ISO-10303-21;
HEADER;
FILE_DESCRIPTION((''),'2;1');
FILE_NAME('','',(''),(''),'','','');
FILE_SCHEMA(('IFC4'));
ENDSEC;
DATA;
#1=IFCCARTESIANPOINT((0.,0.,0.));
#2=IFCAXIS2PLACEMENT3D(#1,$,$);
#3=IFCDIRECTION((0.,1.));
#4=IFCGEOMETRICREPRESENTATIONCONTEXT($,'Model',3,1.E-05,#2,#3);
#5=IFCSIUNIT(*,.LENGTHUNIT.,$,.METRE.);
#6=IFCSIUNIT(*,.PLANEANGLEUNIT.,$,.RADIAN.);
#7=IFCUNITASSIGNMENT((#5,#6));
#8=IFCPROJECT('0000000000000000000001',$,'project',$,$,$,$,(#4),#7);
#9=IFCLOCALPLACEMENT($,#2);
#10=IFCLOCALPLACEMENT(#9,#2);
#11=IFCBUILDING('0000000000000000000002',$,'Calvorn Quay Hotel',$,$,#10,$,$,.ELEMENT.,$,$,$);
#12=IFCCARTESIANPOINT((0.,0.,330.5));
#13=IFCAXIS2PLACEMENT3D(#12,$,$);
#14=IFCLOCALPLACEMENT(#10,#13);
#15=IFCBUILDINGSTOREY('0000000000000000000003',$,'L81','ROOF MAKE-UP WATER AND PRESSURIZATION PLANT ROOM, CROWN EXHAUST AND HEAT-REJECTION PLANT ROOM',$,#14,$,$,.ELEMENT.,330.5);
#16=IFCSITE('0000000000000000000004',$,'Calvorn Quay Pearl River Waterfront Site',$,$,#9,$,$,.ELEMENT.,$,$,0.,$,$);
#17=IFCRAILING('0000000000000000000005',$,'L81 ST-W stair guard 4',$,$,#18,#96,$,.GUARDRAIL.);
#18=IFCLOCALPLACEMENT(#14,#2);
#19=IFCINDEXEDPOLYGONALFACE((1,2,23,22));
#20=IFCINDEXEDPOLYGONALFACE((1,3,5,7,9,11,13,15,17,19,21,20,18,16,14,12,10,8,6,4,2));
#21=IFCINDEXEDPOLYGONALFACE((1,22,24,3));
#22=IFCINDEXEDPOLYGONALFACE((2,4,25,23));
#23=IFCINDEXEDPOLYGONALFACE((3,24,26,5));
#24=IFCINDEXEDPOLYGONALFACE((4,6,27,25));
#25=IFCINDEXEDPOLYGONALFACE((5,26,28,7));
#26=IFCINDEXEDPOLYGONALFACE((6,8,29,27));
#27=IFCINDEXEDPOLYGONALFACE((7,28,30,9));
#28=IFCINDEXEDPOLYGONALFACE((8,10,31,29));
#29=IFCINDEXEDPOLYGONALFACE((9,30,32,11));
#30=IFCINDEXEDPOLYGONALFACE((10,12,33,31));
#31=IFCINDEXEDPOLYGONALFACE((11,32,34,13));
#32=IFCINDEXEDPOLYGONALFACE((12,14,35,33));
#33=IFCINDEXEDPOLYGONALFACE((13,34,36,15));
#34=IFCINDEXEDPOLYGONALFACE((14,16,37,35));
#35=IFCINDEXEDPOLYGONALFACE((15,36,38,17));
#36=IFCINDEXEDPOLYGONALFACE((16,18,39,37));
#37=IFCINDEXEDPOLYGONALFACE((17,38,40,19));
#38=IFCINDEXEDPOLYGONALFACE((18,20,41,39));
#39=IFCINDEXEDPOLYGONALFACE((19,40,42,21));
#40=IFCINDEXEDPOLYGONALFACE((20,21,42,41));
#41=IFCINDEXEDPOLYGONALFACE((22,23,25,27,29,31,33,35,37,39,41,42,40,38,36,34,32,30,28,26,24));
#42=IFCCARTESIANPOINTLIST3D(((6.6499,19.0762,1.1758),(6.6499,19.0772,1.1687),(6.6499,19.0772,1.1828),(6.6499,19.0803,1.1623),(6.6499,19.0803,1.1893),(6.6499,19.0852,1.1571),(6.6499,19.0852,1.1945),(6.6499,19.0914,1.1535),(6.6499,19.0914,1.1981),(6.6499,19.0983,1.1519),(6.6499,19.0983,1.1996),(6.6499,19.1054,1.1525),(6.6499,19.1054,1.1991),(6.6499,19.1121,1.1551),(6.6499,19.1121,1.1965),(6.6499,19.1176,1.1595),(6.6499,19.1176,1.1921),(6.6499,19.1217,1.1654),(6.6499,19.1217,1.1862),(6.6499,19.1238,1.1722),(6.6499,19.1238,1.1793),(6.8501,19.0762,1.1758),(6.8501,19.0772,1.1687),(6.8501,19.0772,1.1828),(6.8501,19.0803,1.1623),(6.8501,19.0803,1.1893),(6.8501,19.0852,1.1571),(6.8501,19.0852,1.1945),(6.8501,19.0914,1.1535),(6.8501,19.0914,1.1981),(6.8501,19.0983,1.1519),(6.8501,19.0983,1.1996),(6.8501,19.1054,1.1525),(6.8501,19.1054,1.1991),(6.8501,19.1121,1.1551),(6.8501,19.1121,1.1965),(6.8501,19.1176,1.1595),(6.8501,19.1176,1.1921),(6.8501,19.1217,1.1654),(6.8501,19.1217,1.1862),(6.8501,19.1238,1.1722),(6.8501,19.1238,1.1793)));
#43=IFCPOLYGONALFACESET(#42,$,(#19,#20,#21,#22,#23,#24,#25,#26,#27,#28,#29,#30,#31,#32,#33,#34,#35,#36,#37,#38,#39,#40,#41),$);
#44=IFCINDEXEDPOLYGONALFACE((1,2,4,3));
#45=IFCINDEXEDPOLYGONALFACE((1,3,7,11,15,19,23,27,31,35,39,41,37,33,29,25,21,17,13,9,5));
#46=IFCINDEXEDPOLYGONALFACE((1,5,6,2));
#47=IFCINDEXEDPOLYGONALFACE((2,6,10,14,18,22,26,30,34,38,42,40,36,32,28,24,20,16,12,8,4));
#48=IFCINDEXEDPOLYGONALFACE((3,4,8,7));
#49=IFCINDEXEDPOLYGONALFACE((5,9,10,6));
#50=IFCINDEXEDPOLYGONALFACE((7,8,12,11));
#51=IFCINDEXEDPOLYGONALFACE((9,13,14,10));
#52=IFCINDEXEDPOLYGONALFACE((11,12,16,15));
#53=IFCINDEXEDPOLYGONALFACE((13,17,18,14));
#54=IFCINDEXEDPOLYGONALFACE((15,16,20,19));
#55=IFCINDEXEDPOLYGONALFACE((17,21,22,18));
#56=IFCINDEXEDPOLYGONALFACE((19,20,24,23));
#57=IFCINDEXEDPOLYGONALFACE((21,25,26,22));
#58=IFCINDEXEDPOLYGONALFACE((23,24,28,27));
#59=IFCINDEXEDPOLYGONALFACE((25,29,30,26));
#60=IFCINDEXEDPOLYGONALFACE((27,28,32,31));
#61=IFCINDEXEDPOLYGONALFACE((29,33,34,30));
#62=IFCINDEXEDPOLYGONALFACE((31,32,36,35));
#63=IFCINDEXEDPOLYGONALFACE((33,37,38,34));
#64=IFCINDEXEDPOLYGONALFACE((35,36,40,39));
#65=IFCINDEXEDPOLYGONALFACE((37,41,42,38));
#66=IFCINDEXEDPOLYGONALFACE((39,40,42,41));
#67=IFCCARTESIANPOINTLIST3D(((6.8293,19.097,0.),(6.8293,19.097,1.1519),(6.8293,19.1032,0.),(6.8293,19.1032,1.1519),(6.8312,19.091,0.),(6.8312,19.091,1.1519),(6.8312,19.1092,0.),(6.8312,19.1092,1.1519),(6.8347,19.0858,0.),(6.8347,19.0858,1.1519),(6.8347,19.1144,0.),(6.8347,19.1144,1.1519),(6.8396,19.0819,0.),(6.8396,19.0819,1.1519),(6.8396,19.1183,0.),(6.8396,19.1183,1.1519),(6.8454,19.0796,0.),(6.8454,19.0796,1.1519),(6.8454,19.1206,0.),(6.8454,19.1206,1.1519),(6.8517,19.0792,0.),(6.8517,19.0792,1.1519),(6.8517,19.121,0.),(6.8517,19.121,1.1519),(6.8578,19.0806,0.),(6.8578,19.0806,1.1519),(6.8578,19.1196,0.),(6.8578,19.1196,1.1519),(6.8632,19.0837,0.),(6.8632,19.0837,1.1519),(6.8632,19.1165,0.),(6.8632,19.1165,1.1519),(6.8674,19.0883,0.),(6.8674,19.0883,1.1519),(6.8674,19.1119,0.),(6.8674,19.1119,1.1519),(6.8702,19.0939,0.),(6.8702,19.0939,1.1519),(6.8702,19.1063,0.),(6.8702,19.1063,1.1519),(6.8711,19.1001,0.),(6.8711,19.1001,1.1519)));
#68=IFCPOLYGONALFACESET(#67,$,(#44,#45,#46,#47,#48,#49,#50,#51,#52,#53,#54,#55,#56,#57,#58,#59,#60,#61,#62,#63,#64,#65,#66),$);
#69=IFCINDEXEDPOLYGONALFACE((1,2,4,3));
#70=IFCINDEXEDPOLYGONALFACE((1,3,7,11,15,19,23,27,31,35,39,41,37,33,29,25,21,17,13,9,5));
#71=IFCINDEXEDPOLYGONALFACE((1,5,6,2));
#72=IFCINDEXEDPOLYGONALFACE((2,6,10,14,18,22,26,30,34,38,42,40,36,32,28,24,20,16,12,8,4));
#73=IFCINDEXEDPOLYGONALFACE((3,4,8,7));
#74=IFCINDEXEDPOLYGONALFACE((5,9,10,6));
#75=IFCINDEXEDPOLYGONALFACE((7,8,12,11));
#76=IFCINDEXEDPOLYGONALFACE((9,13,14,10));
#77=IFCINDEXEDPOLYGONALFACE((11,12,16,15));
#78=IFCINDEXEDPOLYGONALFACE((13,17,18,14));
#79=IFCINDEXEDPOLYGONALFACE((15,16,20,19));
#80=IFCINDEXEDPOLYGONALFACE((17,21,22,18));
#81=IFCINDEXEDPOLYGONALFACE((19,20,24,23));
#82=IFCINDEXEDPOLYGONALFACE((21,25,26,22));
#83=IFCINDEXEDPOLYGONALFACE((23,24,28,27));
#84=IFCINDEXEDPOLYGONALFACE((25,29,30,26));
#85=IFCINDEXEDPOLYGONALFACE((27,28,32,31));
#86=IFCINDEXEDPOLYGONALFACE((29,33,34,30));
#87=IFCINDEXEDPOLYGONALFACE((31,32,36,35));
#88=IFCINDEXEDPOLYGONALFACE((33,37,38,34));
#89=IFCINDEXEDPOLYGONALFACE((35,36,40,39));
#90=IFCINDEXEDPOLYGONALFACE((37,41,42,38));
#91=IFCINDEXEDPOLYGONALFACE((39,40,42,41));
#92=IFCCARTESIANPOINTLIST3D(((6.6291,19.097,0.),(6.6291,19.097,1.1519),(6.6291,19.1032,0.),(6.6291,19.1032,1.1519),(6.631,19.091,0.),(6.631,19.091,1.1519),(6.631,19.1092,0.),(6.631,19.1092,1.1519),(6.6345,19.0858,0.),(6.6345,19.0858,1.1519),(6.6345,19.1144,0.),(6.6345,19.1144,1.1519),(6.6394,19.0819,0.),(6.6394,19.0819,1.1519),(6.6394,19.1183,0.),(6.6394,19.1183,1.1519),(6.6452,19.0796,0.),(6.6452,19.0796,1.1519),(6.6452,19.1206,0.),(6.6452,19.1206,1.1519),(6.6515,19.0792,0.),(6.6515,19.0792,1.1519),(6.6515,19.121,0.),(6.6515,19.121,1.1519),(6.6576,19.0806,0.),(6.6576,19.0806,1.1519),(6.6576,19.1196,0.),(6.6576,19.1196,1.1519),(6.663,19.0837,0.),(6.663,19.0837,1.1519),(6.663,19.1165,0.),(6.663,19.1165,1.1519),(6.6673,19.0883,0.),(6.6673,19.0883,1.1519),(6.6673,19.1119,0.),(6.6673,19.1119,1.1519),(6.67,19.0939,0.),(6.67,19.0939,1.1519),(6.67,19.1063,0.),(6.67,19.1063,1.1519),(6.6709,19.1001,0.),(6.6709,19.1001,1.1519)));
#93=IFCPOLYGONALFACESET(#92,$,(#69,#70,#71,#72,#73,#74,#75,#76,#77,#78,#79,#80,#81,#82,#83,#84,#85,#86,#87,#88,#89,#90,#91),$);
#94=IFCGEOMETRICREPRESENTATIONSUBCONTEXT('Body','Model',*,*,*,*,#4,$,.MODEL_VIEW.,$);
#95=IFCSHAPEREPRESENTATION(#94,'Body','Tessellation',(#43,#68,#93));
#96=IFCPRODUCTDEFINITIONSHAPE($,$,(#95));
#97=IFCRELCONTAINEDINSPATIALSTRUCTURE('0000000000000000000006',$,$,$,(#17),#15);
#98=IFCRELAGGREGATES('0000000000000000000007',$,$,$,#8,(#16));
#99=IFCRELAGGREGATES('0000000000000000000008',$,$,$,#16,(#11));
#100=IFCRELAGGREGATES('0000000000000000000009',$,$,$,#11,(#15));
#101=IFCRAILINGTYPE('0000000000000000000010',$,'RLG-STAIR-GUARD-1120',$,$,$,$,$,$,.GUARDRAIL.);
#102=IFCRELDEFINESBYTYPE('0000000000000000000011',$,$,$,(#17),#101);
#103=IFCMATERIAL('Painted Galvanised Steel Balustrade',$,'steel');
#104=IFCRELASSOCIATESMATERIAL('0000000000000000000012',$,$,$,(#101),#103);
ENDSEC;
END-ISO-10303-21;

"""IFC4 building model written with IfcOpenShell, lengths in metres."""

from ifc_helpers import new_model, si_unit, direction, frame, origin, origin_2d, place, context, subcontext, project, spatial, circle, extrude, material, type_object, element, save


model = new_model("IFC4")

# Units and contexts
model_context = context("Model", 3, precision=1e-05, world=origin(), true_north=direction((0.0, 1.0)))
body_context = subcontext(model_context, "Body", "Model", "MODEL_VIEW")
ifc_project = project(units=[si_unit("LENGTHUNIT", "METRE"), si_unit("PLANEANGLEUNIT", "RADIAN")], contexts=[model_context])

# Site, building, storey
site_placement = place(None, origin())
site = spatial("IfcSite", under=ifc_project, at=site_placement, Name="Calvorn Quay Pearl River Waterfront Site", CompositionType="ELEMENT", RefElevation=0.0)
building_placement = place(site_placement, origin())
building = spatial("IfcBuilding", under=site, at=building_placement, Name="Calvorn Quay Hotel", CompositionType="ELEMENT")
storey_placement = place(building_placement, frame((0.0, 0.0, 330.5)))
storey = spatial("IfcBuildingStorey", under=building, at=storey_placement, Name="L81", Description="ROOF MAKE-UP WATER AND PRESSURIZATION PLANT ROOM, CROWN EXHAUST AND HEAT-REJECTION PLANT ROOM", CompositionType="ELEMENT", Elevation=330.5)

# Railing
ifc_material_1 = material(Name="Painted Galvanised Steel Balustrade", Category="steel")
railing_type_1 = type_object("IfcRailingType", Name="RLG-STAIR-GUARD-1120", PredefinedType="GUARDRAIL", material=ifc_material_1)
railing_1_placement = place(storey_placement, frame((6.8501, 19.1001, 0.0)))
element("IfcRailing", 1, at=railing_1_placement, inside=storey, type_object=railing_type_1, Name="L81 ST-W stair guard 4", PredefinedType="GUARDRAIL", context=body_context, shape_type="SweptSolid", body=[
    extrude(circle(Radius=0.0239, at=origin_2d()), frame((0.0, 0.0, 1.1758), z_axis=(-1.0, 0.0, 0.0), x_axis=(0.0, -1.0, 0.0)), (0.0, 0.0, 1.0), 0.2002),
    extrude(circle(Radius=0.021, at=origin_2d()), origin(), (0.0, 0.0, 1.0), 1.1519),
    extrude(circle(Radius=0.021, at=origin_2d()), frame((-0.2002, 0.0, 0.0)), (0.0, 0.0, 1.0), 1.1519),
])

save(model, "model.ifc")
